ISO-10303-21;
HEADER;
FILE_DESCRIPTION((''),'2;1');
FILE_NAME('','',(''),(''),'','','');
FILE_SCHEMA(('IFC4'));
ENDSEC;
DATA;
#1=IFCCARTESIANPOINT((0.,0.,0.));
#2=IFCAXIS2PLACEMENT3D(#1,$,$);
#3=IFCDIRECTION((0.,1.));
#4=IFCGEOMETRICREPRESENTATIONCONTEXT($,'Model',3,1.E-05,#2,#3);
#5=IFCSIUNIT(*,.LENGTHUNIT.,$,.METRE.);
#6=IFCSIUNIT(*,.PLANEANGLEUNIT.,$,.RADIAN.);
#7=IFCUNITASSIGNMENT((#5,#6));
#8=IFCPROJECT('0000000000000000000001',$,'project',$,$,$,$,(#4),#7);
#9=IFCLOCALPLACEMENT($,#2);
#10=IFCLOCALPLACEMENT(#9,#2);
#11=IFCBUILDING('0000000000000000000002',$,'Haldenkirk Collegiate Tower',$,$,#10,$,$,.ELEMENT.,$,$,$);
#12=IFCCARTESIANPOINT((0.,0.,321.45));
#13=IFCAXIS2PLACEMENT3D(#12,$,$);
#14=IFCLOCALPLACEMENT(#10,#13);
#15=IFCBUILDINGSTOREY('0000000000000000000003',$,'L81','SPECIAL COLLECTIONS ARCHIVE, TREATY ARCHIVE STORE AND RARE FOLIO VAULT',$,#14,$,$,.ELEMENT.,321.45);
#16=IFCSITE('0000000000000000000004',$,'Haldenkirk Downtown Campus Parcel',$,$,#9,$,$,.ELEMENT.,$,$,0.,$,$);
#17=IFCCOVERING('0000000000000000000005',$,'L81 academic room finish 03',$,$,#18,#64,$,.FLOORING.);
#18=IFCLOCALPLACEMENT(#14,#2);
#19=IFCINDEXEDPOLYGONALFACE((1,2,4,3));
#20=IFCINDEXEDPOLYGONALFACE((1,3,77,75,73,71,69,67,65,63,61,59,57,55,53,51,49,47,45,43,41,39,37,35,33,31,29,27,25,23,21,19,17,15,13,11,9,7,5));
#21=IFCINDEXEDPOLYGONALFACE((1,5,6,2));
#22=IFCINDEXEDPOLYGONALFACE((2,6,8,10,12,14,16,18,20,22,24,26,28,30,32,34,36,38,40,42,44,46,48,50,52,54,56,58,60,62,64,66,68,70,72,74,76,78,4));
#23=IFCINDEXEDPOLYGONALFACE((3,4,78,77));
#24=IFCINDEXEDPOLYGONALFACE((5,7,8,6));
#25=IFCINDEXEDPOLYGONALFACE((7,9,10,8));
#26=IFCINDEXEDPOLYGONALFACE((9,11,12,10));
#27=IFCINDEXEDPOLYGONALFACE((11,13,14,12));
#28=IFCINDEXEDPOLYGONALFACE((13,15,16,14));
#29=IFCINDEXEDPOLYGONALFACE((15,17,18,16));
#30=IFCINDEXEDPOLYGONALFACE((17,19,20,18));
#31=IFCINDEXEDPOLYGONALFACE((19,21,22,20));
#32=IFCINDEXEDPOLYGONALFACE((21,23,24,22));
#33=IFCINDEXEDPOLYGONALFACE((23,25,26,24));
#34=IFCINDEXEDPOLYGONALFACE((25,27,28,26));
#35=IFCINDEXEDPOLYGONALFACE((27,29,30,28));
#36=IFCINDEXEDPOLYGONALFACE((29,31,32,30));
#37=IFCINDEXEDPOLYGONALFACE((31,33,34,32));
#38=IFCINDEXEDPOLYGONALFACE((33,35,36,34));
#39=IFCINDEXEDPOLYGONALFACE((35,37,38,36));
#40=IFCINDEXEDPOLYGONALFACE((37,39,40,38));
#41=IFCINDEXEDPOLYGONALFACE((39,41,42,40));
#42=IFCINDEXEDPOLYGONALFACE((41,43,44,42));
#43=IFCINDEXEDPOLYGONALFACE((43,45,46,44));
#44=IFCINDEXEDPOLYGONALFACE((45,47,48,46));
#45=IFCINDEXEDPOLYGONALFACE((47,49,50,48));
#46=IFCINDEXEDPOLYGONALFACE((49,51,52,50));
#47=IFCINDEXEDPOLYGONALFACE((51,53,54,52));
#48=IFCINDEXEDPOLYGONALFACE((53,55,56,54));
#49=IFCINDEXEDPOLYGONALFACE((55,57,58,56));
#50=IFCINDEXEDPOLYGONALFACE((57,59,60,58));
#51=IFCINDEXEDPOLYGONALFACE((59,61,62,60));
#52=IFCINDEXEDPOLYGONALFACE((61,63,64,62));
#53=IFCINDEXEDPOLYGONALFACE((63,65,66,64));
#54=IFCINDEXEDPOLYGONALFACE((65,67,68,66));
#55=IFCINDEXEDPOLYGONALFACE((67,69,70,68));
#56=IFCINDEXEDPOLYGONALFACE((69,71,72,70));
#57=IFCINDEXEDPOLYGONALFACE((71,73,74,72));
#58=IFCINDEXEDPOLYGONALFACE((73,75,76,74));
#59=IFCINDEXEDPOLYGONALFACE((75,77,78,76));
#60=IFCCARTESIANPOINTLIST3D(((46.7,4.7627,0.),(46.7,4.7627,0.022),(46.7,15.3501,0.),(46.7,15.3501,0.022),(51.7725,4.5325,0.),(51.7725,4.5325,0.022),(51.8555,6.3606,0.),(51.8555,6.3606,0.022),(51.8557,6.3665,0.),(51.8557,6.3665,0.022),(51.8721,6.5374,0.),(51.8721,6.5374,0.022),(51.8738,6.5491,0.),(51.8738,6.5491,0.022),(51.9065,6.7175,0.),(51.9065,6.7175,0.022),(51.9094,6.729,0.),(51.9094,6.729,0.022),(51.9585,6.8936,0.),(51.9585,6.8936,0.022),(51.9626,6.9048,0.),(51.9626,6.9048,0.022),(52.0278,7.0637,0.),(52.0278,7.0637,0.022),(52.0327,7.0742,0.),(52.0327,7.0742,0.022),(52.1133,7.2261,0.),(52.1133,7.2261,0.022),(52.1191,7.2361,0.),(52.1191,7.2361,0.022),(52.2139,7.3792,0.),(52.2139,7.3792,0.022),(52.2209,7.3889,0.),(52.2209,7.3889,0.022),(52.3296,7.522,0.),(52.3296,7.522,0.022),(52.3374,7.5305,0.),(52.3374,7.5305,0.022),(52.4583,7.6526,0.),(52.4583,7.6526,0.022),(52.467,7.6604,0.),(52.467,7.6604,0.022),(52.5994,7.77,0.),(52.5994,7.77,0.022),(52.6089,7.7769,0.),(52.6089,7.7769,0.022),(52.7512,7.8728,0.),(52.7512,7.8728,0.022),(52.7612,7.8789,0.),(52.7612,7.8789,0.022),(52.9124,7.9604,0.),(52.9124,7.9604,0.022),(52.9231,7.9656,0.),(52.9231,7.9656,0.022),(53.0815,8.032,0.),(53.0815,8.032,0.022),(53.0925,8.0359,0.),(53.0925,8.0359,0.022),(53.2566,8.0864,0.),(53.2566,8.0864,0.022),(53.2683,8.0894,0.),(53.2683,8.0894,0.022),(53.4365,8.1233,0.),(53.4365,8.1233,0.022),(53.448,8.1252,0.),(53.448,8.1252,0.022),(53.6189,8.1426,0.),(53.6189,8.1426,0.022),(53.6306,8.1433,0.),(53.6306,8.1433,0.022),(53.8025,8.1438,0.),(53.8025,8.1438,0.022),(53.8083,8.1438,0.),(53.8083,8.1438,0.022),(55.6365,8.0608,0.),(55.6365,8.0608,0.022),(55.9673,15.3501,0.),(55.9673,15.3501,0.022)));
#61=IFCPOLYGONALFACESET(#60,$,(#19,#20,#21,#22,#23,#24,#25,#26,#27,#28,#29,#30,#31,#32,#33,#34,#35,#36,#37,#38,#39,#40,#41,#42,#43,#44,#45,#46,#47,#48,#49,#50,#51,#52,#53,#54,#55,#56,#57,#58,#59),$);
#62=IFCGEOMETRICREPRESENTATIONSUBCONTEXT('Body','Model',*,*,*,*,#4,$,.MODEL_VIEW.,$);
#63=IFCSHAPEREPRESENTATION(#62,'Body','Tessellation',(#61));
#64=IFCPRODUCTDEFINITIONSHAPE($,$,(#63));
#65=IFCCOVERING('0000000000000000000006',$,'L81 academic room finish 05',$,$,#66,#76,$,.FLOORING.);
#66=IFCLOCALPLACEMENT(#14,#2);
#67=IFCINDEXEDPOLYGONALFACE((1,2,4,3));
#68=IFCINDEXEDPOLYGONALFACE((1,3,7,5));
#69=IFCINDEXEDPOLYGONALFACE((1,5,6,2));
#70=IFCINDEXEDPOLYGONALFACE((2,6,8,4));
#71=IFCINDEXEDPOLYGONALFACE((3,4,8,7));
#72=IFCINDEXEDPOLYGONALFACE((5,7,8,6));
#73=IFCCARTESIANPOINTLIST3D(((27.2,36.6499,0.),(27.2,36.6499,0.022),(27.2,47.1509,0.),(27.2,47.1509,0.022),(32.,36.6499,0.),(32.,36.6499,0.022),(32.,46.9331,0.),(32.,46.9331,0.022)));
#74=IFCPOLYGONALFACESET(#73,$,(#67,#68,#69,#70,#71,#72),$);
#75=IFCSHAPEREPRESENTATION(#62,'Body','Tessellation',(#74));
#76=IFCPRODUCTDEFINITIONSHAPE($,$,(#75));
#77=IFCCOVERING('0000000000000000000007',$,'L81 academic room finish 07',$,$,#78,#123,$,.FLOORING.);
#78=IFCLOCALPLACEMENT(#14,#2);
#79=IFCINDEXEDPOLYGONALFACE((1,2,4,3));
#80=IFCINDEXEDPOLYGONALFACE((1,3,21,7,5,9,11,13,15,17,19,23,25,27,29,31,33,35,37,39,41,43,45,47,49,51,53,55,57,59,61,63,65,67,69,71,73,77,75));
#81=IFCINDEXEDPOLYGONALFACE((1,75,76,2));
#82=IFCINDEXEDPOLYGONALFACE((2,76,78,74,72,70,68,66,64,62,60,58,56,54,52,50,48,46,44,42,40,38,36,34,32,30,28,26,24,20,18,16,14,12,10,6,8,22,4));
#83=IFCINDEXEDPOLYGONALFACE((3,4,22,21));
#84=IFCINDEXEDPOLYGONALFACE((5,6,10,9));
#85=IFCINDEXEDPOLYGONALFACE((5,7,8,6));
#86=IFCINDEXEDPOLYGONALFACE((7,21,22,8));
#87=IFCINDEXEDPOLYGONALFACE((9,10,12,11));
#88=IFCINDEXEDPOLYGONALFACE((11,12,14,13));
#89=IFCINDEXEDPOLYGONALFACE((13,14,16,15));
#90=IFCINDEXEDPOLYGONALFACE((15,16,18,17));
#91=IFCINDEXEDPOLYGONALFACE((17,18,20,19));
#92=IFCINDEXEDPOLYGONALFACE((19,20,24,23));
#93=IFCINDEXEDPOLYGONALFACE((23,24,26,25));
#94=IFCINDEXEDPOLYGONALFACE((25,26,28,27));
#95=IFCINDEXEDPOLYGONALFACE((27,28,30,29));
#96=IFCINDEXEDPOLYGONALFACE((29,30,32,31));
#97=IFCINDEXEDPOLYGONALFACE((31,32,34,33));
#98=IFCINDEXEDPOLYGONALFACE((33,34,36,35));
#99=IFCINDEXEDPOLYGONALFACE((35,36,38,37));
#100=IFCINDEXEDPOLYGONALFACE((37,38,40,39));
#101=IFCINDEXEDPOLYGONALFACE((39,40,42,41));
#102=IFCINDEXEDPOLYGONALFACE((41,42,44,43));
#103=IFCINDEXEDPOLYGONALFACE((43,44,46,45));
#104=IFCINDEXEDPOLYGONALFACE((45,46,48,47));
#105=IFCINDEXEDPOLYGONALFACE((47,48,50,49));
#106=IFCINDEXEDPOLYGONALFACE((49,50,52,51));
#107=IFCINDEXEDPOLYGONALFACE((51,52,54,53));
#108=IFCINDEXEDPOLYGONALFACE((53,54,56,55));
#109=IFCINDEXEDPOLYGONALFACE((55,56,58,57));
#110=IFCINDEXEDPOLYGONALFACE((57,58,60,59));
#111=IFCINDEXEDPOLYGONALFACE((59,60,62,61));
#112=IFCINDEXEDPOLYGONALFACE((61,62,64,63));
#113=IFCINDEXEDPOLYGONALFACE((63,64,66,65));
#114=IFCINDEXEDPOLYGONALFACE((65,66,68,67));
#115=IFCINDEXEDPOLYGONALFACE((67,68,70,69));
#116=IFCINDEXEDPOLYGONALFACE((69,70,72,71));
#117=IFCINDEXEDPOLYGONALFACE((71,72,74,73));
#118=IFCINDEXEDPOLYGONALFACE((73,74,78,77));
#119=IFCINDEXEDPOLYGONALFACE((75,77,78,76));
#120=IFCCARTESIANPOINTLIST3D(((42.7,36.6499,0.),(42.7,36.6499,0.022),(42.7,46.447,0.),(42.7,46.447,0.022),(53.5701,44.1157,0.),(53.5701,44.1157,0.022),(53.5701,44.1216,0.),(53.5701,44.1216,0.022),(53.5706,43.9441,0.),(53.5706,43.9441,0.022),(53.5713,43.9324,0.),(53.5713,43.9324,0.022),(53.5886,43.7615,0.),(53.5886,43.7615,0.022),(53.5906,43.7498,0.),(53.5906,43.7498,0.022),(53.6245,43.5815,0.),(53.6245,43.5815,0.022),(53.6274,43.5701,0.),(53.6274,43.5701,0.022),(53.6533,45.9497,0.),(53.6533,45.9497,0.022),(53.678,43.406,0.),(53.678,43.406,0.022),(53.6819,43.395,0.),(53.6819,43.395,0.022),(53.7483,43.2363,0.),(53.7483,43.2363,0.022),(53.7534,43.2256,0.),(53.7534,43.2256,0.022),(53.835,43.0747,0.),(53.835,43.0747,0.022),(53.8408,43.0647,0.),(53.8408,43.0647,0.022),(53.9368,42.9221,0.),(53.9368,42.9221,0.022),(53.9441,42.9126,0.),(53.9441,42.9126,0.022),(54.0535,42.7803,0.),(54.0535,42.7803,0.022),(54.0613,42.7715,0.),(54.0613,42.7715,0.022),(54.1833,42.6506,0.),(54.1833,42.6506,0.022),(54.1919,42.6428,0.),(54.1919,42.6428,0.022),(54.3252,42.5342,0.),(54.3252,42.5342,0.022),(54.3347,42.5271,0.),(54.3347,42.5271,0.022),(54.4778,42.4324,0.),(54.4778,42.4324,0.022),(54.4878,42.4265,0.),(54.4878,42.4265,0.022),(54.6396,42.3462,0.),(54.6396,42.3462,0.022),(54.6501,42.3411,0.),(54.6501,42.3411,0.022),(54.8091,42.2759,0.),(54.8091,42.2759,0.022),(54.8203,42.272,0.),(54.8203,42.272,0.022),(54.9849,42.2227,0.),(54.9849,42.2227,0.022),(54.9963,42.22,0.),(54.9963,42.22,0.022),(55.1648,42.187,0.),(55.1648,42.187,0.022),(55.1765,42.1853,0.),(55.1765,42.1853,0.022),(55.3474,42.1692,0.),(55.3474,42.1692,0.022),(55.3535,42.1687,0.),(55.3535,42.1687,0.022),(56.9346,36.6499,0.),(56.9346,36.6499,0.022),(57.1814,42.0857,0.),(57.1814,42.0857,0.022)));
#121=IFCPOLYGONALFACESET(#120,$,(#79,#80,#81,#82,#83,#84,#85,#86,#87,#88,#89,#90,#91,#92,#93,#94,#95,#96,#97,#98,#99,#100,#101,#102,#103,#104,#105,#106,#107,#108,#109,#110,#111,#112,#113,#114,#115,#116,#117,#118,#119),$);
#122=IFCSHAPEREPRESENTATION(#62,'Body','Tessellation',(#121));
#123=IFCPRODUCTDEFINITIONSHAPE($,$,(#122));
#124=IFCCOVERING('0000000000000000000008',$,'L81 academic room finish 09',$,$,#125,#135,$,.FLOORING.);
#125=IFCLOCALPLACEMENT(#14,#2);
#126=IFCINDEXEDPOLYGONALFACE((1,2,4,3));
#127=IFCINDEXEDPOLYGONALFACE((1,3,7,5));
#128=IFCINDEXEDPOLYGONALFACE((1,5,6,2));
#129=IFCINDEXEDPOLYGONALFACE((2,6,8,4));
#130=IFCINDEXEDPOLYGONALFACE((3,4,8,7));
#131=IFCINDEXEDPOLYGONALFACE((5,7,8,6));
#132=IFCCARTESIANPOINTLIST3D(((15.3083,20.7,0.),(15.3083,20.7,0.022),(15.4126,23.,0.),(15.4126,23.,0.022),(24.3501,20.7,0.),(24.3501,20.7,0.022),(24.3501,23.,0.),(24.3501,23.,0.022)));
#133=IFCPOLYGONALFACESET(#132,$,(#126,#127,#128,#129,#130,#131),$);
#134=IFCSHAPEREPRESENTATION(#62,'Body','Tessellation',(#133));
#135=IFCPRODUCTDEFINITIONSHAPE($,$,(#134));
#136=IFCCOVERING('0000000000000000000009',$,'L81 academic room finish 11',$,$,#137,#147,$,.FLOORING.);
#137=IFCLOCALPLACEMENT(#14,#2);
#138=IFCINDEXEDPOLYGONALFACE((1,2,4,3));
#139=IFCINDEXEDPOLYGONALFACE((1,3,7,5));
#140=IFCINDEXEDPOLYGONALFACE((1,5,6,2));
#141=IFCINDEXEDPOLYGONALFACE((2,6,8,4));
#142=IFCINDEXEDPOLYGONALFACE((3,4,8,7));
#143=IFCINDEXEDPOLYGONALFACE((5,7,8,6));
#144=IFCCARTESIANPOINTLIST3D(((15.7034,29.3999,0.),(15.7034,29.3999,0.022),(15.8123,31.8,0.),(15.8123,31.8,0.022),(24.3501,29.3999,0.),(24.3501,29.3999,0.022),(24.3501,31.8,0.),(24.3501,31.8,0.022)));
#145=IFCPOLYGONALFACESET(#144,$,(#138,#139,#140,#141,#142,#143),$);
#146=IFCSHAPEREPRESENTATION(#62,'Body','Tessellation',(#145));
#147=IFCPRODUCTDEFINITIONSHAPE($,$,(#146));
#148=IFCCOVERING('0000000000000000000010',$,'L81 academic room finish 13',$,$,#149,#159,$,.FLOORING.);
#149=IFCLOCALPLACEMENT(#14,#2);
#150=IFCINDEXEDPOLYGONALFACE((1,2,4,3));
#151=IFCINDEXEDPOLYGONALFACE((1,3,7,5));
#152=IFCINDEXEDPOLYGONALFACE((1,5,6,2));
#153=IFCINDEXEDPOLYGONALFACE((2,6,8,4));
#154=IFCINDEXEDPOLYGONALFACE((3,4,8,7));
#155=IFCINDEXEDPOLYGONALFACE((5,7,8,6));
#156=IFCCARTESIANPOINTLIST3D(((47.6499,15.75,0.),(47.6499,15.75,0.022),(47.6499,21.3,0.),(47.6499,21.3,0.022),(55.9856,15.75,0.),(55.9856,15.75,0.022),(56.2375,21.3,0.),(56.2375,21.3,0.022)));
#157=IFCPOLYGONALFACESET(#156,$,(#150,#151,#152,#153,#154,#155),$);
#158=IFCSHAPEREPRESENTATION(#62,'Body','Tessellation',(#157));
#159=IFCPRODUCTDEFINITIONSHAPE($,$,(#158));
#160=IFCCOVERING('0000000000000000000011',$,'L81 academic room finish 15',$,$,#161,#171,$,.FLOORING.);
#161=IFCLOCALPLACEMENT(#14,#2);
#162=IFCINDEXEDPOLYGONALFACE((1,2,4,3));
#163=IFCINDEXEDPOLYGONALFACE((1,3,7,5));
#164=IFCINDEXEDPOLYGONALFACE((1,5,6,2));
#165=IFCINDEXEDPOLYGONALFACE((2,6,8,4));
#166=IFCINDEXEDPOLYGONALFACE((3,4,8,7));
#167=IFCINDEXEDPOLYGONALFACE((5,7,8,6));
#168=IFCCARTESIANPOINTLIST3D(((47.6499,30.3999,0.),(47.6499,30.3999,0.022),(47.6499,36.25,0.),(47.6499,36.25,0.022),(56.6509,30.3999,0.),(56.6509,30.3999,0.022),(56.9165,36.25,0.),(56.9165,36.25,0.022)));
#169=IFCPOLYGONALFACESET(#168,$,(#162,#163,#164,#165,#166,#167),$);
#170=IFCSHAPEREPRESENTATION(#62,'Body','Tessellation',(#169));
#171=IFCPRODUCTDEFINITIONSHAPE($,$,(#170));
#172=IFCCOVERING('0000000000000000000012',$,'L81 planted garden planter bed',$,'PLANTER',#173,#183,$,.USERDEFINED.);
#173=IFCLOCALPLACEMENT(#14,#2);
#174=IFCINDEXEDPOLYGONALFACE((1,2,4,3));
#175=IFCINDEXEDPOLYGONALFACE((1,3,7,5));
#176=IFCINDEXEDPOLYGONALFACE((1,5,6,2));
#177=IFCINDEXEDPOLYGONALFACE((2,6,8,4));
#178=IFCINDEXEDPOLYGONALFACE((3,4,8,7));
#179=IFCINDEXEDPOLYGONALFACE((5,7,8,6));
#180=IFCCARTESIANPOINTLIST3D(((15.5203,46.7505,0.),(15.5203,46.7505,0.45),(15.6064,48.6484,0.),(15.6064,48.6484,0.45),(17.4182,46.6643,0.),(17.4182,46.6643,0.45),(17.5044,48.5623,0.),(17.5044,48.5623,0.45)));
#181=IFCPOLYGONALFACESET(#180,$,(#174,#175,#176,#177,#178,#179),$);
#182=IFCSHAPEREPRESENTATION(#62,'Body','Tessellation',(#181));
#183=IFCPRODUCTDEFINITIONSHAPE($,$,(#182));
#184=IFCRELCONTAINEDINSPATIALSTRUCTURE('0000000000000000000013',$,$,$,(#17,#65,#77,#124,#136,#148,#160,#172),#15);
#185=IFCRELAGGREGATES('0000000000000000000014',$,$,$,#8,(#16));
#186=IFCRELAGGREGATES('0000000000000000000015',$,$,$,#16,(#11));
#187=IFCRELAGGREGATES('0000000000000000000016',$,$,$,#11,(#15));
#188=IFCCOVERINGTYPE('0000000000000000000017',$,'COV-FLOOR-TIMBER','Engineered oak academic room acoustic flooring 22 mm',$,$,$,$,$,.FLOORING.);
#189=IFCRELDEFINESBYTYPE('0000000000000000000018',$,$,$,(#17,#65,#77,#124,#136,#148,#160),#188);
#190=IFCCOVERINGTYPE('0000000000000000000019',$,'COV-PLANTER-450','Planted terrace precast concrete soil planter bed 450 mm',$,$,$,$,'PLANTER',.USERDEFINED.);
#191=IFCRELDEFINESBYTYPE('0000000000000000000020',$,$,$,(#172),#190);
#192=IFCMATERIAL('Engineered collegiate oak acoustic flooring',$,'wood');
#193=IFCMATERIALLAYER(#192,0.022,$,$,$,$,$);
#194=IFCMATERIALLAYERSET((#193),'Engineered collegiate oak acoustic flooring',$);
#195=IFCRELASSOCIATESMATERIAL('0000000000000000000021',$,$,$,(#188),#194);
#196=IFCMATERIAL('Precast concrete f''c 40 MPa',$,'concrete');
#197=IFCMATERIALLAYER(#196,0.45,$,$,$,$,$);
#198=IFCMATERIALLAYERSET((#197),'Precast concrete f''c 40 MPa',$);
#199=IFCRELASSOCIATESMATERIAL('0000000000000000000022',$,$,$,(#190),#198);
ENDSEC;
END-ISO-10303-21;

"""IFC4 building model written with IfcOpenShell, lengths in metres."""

from ifc_helpers import new_model, si_unit, direction, frame, origin, place, context, subcontext, project, spatial, polyline, outline, extrude, material, layer, layer_set, type_object, element, save


model = new_model("IFC4")

# Units and contexts
model_context = context("Model", 3, precision=1e-05, world=origin(), true_north=direction((0.0, 1.0)))
body_context = subcontext(model_context, "Body", "Model", "MODEL_VIEW")
ifc_project = project(units=[si_unit("LENGTHUNIT", "METRE"), si_unit("PLANEANGLEUNIT", "RADIAN")], contexts=[model_context])

# Site, building, storey
site_placement = place(None, origin())
site = spatial("IfcSite", under=ifc_project, at=site_placement, Name="Haldenkirk Downtown Campus Parcel", CompositionType="ELEMENT", RefElevation=0.0)
building_placement = place(site_placement, origin())
building = spatial("IfcBuilding", under=site, at=building_placement, Name="Haldenkirk Collegiate Tower", CompositionType="ELEMENT")
storey_placement = place(building_placement, frame((0.0, 0.0, 321.45)))
storey = spatial("IfcBuildingStorey", under=building, at=storey_placement, Name="L81", Description="SPECIAL COLLECTIONS ARCHIVE, TREATY ARCHIVE STORE AND RARE FOLIO VAULT", CompositionType="ELEMENT", Elevation=321.45)

# Shared definitions
ifc_material_1 = material(Name="Precast concrete f'c 40 MPa", Category="concrete")

# Coverings
ifc_material_2 = material(Name="Engineered collegiate oak acoustic flooring", Category="wood")
ifc_layer_1 = layer(ifc_material_2, 0.022)
ifc_layer_set_1 = layer_set([ifc_layer_1], Name="Engineered collegiate oak acoustic flooring")
covering_type_1 = type_object("IfcCoveringType", Name="COV-FLOOR-TIMBER", Description="Engineered oak academic room acoustic flooring 22 mm", PredefinedType="FLOORING", material=ifc_layer_set_1)
covering_1_placement = place(storey_placement, origin())
element("IfcCovering", 1, at=covering_1_placement, inside=storey, type_object=covering_type_1, Name="L81 academic room finish 03", PredefinedType="FLOORING", context=body_context, shape_type="SweptSolid", body=[
    extrude(outline(polyline([(53.0925, 8.0359), (53.0815, 8.032), (52.9231, 7.9656), (52.9124, 7.9604), (52.7612, 7.8789), (52.7512, 7.8728), (52.6089, 7.7769), (52.5994, 7.77), (52.467, 7.6604), (52.4583, 7.6526), (52.3374, 7.5305), (52.3296, 7.522), (52.2209, 7.3889), (52.2139, 7.3792), (52.1191, 7.2361), (52.1133, 7.2261), (52.0327, 7.0742), (52.0278, 7.0637), (51.9626, 6.9048), (51.9585, 6.8936), (51.9094, 6.729), (51.9065, 6.7175), (51.8738, 6.5491), (51.8721, 6.5374), (51.8557, 6.3665), (51.8555, 6.3606), (51.7725, 4.5325), (46.7, 4.7627), (46.7, 15.3501), (55.9673, 15.3501), (55.6365, 8.0608), (53.8083, 8.1438), (53.8025, 8.1438), (53.6306, 8.1433), (53.6189, 8.1426), (53.448, 8.1252), (53.4365, 8.1233), (53.2683, 8.0894), (53.2566, 8.0864), (53.0925, 8.0359)])), origin(), (0.0, 0.0, 1.0), 0.022),
])
covering_2_placement = place(storey_placement, origin())
element("IfcCovering", 2, at=covering_2_placement, inside=storey, type_object=covering_type_1, Name="L81 academic room finish 05", PredefinedType="FLOORING", context=body_context, shape_type="SweptSolid", body=[
    extrude(outline(polyline([(32.0, 46.9331), (32.0, 36.6499), (27.2, 36.6499), (27.2, 47.1509), (32.0, 46.9331)])), origin(), (0.0, 0.0, 1.0), 0.022),
])
covering_3_placement = place(storey_placement, origin())
element("IfcCovering", 3, at=covering_3_placement, inside=storey, type_object=covering_type_1, Name="L81 academic room finish 07", PredefinedType="FLOORING", context=body_context, shape_type="SweptSolid", body=[
    extrude(outline(polyline([(53.6533, 45.9497), (53.5701, 44.1216), (53.5701, 44.1157), (53.5706, 43.9441), (53.5713, 43.9324), (53.5886, 43.7615), (53.5906, 43.7498), (53.6245, 43.5815), (53.6274, 43.5701), (53.678, 43.406), (53.6819, 43.395), (53.7483, 43.2363), (53.7534, 43.2256), (53.835, 43.0747), (53.8408, 43.0647), (53.9368, 42.9221), (53.9441, 42.9126), (54.0535, 42.7803), (54.0613, 42.7715), (54.1833, 42.6506), (54.1919, 42.6428), (54.3252, 42.5342), (54.3347, 42.5271), (54.4778, 42.4324), (54.4878, 42.4265), (54.6396, 42.3462), (54.6501, 42.3411), (54.8091, 42.2759), (54.8203, 42.272), (54.9849, 42.2227), (54.9963, 42.22), (55.1648, 42.187), (55.1765, 42.1853), (55.3474, 42.1692), (55.3535, 42.1687), (57.1814, 42.0857), (56.9346, 36.6499), (42.7, 36.6499), (42.7, 46.447), (53.6533, 45.9497)])), origin(), (0.0, 0.0, 1.0), 0.022),
])
covering_4_placement = place(storey_placement, origin())
element("IfcCovering", 4, at=covering_4_placement, inside=storey, type_object=covering_type_1, Name="L81 academic room finish 09", PredefinedType="FLOORING", context=body_context, shape_type="SweptSolid", body=[
    extrude(outline(polyline([(15.4126, 23.0), (24.3501, 23.0), (24.3501, 20.7), (15.3083, 20.7), (15.4126, 23.0)])), origin(), (0.0, 0.0, 1.0), 0.022),
])
covering_5_placement = place(storey_placement, origin())
element("IfcCovering", 5, at=covering_5_placement, inside=storey, type_object=covering_type_1, Name="L81 academic room finish 11", PredefinedType="FLOORING", context=body_context, shape_type="SweptSolid", body=[
    extrude(outline(polyline([(15.8123, 31.8), (24.3501, 31.8), (24.3501, 29.3999), (15.7034, 29.3999), (15.8123, 31.8)])), origin(), (0.0, 0.0, 1.0), 0.022),
])
covering_6_placement = place(storey_placement, origin())
element("IfcCovering", 6, at=covering_6_placement, inside=storey, type_object=covering_type_1, Name="L81 academic room finish 13", PredefinedType="FLOORING", context=body_context, shape_type="SweptSolid", body=[
    extrude(outline(polyline([(55.9856, 15.75), (47.6499, 15.75), (47.6499, 21.3), (56.2375, 21.3), (55.9856, 15.75)])), origin(), (0.0, 0.0, 1.0), 0.022),
])
covering_7_placement = place(storey_placement, origin())
element("IfcCovering", 7, at=covering_7_placement, inside=storey, type_object=covering_type_1, Name="L81 academic room finish 15", PredefinedType="FLOORING", context=body_context, shape_type="SweptSolid", body=[
    extrude(outline(polyline([(56.6509, 30.3999), (47.6499, 30.3999), (47.6499, 36.25), (56.9165, 36.25), (56.6509, 30.3999)])), origin(), (0.0, 0.0, 1.0), 0.022),
])
ifc_layer_2 = layer(ifc_material_1, 0.45)
ifc_layer_set_2 = layer_set([ifc_layer_2], Name="Precast concrete f'c 40 MPa")
covering_type_2 = type_object("IfcCoveringType", Name="COV-PLANTER-450", Description="Planted terrace precast concrete soil planter bed 450 mm", ElementType="PLANTER", PredefinedType="USERDEFINED", material=ifc_layer_set_2)
covering_8_placement = place(storey_placement, origin())
element("IfcCovering", 8, at=covering_8_placement, inside=storey, type_object=covering_type_2, Name="L81 planted garden planter bed", ObjectType="PLANTER", PredefinedType="USERDEFINED", context=body_context, shape_type="SweptSolid", body=[
    extrude(outline(polyline([(17.4182, 46.6643), (15.5203, 46.7505), (15.6064, 48.6484), (17.5044, 48.5623), (17.4182, 46.6643)])), origin(), (0.0, 0.0, 1.0), 0.45),
])

save(model, "model.ifc")
